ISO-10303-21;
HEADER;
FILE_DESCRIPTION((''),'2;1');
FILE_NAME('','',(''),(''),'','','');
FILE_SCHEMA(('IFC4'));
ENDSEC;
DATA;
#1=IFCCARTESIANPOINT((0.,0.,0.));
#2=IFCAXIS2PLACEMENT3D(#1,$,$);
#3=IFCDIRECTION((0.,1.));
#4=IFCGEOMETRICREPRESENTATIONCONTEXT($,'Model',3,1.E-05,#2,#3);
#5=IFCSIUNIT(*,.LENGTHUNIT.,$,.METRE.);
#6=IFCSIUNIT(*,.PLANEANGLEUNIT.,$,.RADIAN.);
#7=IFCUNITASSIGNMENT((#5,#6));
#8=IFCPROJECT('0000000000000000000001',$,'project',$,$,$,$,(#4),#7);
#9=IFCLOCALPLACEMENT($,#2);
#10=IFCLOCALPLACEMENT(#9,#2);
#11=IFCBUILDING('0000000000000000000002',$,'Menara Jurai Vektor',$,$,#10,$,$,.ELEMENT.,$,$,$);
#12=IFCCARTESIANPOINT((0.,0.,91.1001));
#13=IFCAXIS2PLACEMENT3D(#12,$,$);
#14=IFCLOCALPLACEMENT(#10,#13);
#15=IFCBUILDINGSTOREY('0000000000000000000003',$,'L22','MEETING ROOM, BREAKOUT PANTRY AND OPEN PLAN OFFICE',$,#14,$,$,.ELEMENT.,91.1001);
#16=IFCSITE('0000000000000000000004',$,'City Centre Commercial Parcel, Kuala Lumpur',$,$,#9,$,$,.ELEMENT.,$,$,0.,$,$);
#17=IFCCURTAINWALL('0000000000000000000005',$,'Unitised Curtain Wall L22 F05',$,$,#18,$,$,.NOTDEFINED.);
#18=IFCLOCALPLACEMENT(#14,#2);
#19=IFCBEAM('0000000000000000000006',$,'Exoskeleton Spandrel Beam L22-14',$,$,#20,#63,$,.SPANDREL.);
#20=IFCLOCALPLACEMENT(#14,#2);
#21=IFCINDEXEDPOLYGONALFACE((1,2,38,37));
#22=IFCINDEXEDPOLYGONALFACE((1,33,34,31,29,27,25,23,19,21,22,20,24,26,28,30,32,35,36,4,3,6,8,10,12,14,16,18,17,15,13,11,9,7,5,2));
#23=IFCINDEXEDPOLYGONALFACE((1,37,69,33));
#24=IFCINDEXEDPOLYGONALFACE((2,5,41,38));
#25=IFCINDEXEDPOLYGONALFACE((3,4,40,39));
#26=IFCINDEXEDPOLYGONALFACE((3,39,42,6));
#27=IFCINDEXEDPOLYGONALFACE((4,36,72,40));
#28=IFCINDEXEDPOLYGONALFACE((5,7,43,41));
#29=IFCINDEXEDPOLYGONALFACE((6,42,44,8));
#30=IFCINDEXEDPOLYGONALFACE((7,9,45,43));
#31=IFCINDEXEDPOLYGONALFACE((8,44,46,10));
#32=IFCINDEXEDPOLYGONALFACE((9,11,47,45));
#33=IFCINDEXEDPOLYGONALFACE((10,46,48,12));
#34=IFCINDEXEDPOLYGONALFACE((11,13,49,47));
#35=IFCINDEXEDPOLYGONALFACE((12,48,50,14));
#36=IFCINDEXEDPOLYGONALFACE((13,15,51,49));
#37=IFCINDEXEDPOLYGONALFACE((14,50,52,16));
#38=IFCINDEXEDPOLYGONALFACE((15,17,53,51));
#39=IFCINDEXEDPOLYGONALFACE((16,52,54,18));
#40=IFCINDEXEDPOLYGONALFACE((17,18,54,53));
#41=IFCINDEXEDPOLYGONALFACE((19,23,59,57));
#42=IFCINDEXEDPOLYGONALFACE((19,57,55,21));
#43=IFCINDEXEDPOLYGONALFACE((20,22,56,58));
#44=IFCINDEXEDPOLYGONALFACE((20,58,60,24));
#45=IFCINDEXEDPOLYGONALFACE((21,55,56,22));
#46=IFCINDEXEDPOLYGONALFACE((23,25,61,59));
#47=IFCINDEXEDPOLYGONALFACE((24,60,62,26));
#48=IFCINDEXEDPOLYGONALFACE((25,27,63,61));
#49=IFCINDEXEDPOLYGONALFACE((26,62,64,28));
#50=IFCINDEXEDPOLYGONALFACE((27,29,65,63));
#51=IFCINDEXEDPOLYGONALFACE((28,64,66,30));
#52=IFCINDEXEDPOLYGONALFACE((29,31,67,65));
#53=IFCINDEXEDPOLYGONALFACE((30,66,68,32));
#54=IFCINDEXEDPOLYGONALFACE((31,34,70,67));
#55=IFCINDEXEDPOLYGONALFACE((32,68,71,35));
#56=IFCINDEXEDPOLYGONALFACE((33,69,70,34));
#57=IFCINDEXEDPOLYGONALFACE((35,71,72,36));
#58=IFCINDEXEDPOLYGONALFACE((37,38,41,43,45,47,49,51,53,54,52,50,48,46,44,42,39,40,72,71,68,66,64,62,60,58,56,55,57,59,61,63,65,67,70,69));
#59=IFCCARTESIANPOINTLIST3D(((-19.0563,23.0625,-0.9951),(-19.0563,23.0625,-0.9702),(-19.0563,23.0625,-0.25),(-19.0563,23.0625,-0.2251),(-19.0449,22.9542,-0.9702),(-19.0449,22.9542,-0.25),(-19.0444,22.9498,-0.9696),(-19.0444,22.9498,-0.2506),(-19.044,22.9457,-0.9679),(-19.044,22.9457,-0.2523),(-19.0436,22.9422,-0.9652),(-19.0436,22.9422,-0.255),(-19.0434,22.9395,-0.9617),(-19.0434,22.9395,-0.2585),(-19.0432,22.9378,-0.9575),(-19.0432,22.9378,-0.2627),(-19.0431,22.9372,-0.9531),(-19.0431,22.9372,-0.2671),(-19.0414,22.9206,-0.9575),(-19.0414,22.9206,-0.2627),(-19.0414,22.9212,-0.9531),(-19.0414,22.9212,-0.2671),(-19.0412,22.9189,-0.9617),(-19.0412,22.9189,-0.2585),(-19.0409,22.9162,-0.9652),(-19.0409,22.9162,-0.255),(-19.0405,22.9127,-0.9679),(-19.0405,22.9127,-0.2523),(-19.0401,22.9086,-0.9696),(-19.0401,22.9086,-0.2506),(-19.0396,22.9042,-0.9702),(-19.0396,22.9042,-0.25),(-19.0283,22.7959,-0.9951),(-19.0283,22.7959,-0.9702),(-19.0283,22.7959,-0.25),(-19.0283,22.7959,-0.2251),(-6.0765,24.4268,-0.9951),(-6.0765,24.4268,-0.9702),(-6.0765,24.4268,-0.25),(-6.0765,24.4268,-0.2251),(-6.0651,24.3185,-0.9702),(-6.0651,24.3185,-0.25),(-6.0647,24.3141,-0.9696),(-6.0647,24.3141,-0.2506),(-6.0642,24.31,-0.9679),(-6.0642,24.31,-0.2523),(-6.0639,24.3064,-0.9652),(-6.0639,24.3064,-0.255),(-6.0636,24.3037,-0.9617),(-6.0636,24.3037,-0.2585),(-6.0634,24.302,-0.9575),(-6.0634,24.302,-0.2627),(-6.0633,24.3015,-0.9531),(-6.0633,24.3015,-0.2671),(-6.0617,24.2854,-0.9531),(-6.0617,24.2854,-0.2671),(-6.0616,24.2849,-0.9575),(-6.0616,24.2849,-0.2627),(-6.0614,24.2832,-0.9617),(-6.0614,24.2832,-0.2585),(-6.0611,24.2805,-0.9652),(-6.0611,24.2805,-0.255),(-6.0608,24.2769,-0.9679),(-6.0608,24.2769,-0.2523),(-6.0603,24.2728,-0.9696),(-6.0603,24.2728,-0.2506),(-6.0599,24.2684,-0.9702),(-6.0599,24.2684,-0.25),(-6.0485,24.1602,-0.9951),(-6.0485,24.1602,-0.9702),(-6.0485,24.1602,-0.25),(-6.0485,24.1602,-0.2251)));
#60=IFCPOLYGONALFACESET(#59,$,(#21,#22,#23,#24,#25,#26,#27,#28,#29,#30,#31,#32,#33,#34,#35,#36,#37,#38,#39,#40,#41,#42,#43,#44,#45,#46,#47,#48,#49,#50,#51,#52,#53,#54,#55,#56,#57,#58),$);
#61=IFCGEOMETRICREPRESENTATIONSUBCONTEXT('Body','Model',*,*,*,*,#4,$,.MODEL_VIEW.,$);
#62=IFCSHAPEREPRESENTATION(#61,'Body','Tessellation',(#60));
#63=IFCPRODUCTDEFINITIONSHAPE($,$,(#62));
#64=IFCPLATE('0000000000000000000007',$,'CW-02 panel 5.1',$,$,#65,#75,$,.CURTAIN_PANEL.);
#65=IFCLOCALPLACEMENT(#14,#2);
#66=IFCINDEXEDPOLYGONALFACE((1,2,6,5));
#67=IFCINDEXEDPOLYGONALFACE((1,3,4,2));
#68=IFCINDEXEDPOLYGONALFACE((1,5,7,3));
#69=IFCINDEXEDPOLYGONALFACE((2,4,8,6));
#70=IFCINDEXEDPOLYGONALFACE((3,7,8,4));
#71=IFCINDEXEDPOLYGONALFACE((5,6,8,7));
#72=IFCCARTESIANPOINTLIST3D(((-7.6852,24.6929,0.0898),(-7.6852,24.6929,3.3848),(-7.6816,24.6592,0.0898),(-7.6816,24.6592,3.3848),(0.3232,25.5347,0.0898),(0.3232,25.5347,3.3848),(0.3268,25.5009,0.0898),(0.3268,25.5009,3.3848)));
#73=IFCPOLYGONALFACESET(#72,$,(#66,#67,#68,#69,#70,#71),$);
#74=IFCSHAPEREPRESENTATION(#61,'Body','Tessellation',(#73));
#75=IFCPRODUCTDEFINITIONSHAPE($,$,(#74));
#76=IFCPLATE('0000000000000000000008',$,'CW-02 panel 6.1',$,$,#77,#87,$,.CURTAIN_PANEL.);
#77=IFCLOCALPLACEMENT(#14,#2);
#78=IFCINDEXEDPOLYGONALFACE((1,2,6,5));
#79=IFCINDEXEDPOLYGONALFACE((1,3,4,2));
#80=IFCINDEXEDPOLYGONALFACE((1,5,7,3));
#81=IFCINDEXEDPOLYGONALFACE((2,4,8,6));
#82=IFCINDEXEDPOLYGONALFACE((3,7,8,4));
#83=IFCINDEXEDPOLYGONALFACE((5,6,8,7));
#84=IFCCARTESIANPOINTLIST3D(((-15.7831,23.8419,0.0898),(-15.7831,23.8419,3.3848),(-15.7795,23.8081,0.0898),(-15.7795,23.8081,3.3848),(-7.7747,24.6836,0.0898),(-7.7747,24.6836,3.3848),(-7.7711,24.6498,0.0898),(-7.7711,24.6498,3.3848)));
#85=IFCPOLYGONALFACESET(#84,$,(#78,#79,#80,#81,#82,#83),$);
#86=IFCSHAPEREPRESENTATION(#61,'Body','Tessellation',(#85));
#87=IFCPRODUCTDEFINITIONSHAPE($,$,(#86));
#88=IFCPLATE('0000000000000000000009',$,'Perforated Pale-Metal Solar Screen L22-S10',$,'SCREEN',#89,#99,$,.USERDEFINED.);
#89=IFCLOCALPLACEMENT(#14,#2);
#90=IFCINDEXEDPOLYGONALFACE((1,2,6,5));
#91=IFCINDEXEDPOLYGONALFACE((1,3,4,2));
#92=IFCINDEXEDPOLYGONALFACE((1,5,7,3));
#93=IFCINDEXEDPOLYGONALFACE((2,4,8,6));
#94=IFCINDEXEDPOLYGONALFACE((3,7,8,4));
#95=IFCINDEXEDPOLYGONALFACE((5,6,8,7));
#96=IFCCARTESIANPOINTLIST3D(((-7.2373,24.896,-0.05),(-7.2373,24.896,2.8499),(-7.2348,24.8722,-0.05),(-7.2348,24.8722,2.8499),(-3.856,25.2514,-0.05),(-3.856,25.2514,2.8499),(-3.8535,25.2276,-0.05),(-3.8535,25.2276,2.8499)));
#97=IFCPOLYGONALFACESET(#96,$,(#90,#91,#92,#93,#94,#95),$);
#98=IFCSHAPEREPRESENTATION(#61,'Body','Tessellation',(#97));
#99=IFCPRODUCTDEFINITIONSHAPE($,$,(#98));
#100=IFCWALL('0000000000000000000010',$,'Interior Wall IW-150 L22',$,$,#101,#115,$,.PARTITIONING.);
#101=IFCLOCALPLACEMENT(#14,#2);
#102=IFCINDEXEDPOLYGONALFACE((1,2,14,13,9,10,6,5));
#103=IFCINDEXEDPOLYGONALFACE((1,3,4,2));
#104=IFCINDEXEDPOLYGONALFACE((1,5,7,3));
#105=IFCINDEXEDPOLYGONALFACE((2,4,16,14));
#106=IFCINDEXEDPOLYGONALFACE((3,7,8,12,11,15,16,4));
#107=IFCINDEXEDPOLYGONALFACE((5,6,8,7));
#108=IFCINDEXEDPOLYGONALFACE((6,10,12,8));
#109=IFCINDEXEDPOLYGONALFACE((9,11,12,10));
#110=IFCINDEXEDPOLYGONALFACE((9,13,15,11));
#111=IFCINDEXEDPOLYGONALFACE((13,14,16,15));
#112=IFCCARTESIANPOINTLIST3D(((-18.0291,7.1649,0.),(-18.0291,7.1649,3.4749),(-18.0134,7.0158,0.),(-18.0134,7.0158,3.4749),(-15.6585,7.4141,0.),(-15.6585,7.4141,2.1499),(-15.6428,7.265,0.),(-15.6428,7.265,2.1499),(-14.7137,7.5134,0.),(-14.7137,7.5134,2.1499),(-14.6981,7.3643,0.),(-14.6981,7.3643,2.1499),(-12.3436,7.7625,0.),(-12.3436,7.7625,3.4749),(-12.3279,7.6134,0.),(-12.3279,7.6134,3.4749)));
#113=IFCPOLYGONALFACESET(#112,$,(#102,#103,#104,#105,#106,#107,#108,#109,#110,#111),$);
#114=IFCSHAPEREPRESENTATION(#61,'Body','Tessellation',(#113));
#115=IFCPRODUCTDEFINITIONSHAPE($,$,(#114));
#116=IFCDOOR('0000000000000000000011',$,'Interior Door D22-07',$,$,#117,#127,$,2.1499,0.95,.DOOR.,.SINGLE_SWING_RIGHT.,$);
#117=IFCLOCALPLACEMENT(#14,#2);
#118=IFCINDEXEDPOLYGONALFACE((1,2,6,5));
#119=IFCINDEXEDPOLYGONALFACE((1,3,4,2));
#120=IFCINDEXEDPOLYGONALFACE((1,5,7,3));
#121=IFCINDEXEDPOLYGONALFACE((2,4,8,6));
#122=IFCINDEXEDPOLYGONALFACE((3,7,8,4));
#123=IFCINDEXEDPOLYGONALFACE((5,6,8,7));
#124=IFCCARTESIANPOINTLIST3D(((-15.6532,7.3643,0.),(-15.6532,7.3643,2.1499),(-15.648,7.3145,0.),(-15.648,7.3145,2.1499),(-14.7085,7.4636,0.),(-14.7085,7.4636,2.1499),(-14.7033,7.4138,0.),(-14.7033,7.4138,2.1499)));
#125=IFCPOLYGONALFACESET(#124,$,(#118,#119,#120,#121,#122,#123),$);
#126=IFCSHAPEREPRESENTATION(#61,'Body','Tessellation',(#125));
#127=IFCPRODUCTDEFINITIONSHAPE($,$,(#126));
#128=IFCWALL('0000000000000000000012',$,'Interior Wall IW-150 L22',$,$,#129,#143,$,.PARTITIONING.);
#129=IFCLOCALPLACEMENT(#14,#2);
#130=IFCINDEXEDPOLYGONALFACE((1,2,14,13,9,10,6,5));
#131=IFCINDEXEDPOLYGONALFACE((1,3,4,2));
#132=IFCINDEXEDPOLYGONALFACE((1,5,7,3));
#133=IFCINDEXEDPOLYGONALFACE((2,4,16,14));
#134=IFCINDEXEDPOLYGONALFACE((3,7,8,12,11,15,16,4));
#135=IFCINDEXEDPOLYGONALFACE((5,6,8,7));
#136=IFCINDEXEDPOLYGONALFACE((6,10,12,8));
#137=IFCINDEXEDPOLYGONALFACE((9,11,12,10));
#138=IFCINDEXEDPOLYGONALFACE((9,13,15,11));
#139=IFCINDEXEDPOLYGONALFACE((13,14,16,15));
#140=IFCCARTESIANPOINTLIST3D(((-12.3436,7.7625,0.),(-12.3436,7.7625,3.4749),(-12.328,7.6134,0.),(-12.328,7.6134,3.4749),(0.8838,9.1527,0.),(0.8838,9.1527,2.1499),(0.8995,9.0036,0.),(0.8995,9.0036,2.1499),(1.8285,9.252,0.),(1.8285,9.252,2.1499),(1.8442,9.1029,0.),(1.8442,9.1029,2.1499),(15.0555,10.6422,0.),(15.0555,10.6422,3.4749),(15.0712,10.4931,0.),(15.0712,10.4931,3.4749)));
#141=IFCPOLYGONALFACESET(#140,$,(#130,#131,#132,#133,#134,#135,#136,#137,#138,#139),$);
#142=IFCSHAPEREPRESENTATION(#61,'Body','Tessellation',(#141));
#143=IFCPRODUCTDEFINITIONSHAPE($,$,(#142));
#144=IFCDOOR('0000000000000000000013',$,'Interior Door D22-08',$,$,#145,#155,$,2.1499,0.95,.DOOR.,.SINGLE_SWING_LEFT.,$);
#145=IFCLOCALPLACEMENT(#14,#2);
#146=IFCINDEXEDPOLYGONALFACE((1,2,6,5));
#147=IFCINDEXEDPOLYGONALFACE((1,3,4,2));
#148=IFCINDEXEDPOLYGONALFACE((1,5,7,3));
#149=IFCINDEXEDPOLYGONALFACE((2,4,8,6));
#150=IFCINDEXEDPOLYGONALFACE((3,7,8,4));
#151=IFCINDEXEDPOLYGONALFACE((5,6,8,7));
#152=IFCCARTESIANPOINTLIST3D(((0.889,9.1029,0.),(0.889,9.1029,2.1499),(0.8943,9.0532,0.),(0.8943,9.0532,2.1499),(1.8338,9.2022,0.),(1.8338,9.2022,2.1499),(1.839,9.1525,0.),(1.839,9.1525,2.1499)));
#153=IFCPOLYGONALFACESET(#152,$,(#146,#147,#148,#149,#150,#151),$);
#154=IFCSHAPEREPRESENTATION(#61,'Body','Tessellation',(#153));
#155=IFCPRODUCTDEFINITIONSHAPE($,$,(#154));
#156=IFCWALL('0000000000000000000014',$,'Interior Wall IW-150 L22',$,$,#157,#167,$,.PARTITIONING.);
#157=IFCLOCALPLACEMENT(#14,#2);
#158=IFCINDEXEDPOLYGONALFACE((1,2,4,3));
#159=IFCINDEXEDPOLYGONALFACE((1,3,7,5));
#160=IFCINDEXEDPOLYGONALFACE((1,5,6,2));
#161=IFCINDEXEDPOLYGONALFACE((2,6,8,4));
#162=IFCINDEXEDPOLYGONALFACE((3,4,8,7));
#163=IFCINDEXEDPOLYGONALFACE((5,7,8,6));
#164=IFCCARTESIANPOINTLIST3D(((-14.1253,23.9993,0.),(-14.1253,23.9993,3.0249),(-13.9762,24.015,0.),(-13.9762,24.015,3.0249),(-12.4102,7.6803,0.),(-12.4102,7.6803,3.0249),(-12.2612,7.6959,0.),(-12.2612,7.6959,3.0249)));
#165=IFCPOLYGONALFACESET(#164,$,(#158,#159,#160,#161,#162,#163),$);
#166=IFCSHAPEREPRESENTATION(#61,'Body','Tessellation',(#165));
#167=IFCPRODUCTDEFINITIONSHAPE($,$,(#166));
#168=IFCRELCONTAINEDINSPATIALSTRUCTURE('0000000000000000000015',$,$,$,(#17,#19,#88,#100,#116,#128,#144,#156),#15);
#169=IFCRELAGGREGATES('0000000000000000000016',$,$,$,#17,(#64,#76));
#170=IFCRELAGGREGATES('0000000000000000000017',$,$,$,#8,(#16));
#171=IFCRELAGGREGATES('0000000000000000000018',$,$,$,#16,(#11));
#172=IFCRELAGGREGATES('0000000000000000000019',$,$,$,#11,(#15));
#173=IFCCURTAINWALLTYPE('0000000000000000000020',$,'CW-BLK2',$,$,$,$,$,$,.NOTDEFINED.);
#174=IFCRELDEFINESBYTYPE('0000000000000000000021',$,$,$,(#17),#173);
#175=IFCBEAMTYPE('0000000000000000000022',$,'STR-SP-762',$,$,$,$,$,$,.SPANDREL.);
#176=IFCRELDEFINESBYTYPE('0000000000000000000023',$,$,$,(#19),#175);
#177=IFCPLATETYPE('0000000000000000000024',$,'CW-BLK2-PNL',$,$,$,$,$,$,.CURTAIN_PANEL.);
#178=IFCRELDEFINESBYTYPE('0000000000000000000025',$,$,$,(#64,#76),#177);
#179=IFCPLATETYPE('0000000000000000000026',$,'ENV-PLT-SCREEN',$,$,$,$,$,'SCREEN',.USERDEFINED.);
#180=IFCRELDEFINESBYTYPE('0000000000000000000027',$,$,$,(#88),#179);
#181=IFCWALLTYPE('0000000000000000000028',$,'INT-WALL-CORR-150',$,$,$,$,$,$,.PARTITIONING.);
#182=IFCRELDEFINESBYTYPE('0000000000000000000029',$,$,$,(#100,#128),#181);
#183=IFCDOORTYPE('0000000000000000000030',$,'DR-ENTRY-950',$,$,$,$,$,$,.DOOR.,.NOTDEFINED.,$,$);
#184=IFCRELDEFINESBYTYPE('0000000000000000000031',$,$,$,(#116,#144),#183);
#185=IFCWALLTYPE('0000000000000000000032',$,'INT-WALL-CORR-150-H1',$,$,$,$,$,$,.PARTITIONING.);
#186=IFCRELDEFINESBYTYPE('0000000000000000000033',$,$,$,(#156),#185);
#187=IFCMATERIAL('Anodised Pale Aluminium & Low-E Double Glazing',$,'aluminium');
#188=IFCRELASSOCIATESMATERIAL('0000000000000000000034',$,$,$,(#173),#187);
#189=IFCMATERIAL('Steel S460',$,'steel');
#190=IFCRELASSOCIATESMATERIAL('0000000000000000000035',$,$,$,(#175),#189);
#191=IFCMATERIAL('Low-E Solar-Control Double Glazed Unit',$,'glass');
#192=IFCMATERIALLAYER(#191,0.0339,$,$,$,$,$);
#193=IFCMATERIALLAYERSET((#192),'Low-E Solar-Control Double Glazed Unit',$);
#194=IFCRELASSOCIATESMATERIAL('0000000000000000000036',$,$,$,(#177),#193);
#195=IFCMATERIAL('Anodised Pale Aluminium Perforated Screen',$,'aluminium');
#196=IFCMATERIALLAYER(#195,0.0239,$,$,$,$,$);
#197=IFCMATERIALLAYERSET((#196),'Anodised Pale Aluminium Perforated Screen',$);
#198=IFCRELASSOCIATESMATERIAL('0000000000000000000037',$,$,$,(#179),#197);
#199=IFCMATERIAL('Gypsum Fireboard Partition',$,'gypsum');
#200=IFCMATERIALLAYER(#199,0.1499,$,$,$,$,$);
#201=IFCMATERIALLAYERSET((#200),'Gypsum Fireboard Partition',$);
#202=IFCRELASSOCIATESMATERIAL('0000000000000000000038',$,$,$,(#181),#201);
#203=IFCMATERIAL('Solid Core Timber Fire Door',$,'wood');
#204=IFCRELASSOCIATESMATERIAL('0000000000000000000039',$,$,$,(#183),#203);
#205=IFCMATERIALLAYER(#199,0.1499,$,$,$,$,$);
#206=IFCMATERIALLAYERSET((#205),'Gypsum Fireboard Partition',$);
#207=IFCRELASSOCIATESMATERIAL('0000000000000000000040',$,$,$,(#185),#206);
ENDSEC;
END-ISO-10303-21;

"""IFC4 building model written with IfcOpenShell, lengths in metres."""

from ifc_helpers import new_model, si_unit, direction, frame, frame_2d, origin, origin_2d, place, context, subcontext, project, spatial, rectangle, i_section, extrude, material, layer, layer_set, material_profile, profile_set, type_object, element, fill, aggregate, save


model = new_model("IFC4")

# Units and contexts
model_context = context("Model", 3, precision=1e-05, world=origin(), true_north=direction((0.0, 1.0)))
body_context = subcontext(model_context, "Body", "Model", "MODEL_VIEW")
ifc_project = project(units=[si_unit("LENGTHUNIT", "METRE"), si_unit("PLANEANGLEUNIT", "RADIAN")], contexts=[model_context])

# Site, building, storey
site_placement = place(None, origin())
site = spatial("IfcSite", under=ifc_project, at=site_placement, Name="City Centre Commercial Parcel, Kuala Lumpur", CompositionType="ELEMENT", RefElevation=0.0)
building_placement = place(site_placement, origin())
building = spatial("IfcBuilding", under=site, at=building_placement, Name="Menara Jurai Vektor", CompositionType="ELEMENT")
storey_placement = place(building_placement, frame((0.0, 0.0, 91.1001)))
storey = spatial("IfcBuildingStorey", under=building, at=storey_placement, Name="L22", Description="MEETING ROOM, BREAKOUT PANTRY AND OPEN PLAN OFFICE", CompositionType="ELEMENT", Elevation=91.1001)

# Shared definitions
ifc_material_1 = material(Name="Steel S460", Category="steel")

# Curtain wall
ifc_material_2 = material(Name="Anodised Pale Aluminium & Low-E Double Glazing", Category="aluminium")
curtain_wall_type = type_object("IfcCurtainWallType", Name="CW-BLK2", PredefinedType="NOTDEFINED", material=ifc_material_2)
curtain_wall_placement = place(storey_placement, origin())
curtain_wall = element("IfcCurtainWall", 1, at=curtain_wall_placement, inside=storey, type_object=curtain_wall_type, Name="Unitised Curtain Wall L22 F05", PredefinedType="NOTDEFINED")

# Beam
ifc_material_profile_1 = material_profile(ifc_material_1, i_section(OverallWidth=0.2681, OverallDepth=0.77, WebThickness=0.0161, FlangeThickness=0.0249, FilletRadius=0.0171, at=origin_2d()), Name="UKB 762x267x197")
ifc_profile_set_1 = profile_set([ifc_material_profile_1], Name="Steel S460")
beam_type_1 = type_object("IfcBeamType", Name="STR-SP-762", PredefinedType="SPANDREL", material=ifc_profile_set_1)
beam_1_placement = place(storey_placement, frame((-6.0625, 24.2935, -0.6101), z_axis=(-0.994522, -0.104531, 0.0), x_axis=(0.104531, -0.994522, 0.0)))
element("IfcBeam", 2, at=beam_1_placement, inside=storey, type_object=beam_type_1, Name="Exoskeleton Spandrel Beam L22-14", PredefinedType="SPANDREL", context=body_context, shape_type="SweptSolid", body=[
    extrude(i_section(OverallWidth=0.2681, OverallDepth=0.77, WebThickness=0.0161, FlangeThickness=0.0249, FilletRadius=0.0171, at=origin_2d()), origin(), (0.0, 0.0, 1.0), 13.0513),
])

# Plates
ifc_material_3 = material(Name="Low-E Solar-Control Double Glazed Unit", Category="glass")
ifc_layer_1 = layer(ifc_material_3, 0.0339)
ifc_layer_set_1 = layer_set([ifc_layer_1], Name="Low-E Solar-Control Double Glazed Unit")
plate_type_1 = type_object("IfcPlateType", Name="CW-BLK2-PNL", PredefinedType="CURTAIN_PANEL", material=ifc_layer_set_1)
plate_1_placement = place(storey_placement, frame((-3.6792, 25.0969, 0.0898), z_axis=(0.0, 0.0, 1.0), x_axis=(-0.994522, -0.104529, 0.0)))
plate_1 = element("IfcPlate", 3, at=plate_1_placement, type_object=plate_type_1, Name="CW-02 panel 5.1", PredefinedType="CURTAIN_PANEL", context=body_context, shape_type="SweptSolid", body=[
    extrude(rectangle(XDim=8.0525, YDim=0.0339, at=origin_2d()), origin(), (0.0, 0.0, 1.0), 3.2949),
])
plate_2_placement = place(storey_placement, frame((-11.7771, 24.2458, 0.0898), z_axis=(0.0, 0.0, 1.0), x_axis=(-0.994522, -0.104529, 0.0)))
plate_2 = element("IfcPlate", 4, at=plate_2_placement, type_object=plate_type_1, Name="CW-02 panel 6.1", PredefinedType="CURTAIN_PANEL", context=body_context, shape_type="SweptSolid", body=[
    extrude(rectangle(XDim=8.0525, YDim=0.0339, at=origin_2d()), origin(), (0.0, 0.0, 1.0), 3.2949),
])
aggregate(curtain_wall, [plate_1, plate_2])
ifc_material_4 = material(Name="Anodised Pale Aluminium Perforated Screen", Category="aluminium")
ifc_layer_2 = layer(ifc_material_4, 0.0239)
ifc_layer_set_2 = layer_set([ifc_layer_2], Name="Anodised Pale Aluminium Perforated Screen")
plate_type_2 = type_object("IfcPlateType", Name="ENV-PLT-SCREEN", ElementType="SCREEN", PredefinedType="USERDEFINED", material=ifc_layer_set_2)
plate_3_placement = place(storey_placement, frame((-5.5454, 25.0618, -0.05), z_axis=(0.0, 0.0, 1.0), x_axis=(-0.994522, -0.104528, 0.0)))
element("IfcPlate", 5, at=plate_3_placement, inside=storey, type_object=plate_type_2, Name="Perforated Pale-Metal Solar Screen L22-S10", ObjectType="SCREEN", PredefinedType="USERDEFINED", context=body_context, shape_type="SweptSolid", body=[
    extrude(rectangle(XDim=3.3999, YDim=0.0239, at=origin_2d()), origin(), (0.0, 0.0, 1.0), 2.8999),
])

# Walls, openings, doors
ifc_material_5 = material(Name="Gypsum Fireboard Partition", Category="gypsum")
ifc_layer_3 = layer(ifc_material_5, 0.1499)
ifc_layer_set_3 = layer_set([ifc_layer_3], Name="Gypsum Fireboard Partition")
wall_type_1 = type_object("IfcWallType", Name="INT-WALL-CORR-150", PredefinedType="PARTITIONING", material=ifc_layer_set_3)
wall_1_placement = place(storey_placement, frame((-18.0212, 7.0903, 0.0), z_axis=(0.0, 0.0, 1.0), x_axis=(0.99452, 0.104543, 0.0)))
wall_1 = element("IfcWall", 6, at=wall_1_placement, inside=storey, type_object=wall_type_1, Name="Interior Wall IW-150 L22", PredefinedType="PARTITIONING", context=body_context, shape_type="SweptSolid", body=[
    extrude(rectangle(XDim=5.7168, YDim=0.1499, at=frame_2d((2.8584, 0.0))), origin(), (0.0, 0.0, 1.0), 3.4749),
])
opening_1_placement = place(wall_1_placement, frame((2.3835, 0.0, 0.0)))
opening_1 = element("IfcOpeningElement", 7, at=opening_1_placement, cuts=wall_1, PredefinedType="OPENING", context=body_context, shape_type="SweptSolid", body=[
    extrude(rectangle(XDim=0.95, YDim=2.1499, at=frame_2d((0.4751, 1.075))), frame((0.0, 0.085, 0.0), z_axis=(0.0, -1.0, 0.0), x_axis=(1.0, 0.0, 0.0)), (0.0, 0.0, 1.0), 0.1699),
])
ifc_material_6 = material(Name="Solid Core Timber Fire Door", Category="wood")
door_type = type_object("IfcDoorType", Name="DR-ENTRY-950", OperationType="NOTDEFINED", PredefinedType="DOOR", material=ifc_material_6)
door_1_placement = place(opening_1_placement, origin())
door_1 = element("IfcDoor", 8, at=door_1_placement, inside=storey, type_object=door_type, Name="Interior Door D22-07", OperationType="SINGLE_SWING_RIGHT", OverallHeight=2.1499, OverallWidth=0.95, PredefinedType="DOOR", context=body_context, shape_type="SweptSolid", body=[
    extrude(rectangle(XDim=0.95, YDim=2.1499, at=frame_2d((0.4751, 1.075))), frame((0.0, 0.0249, 0.0), z_axis=(0.0, -1.0, 0.0), x_axis=(1.0, 0.0, 0.0)), (0.0, 0.0, 1.0), 0.05),
])
fill(opening_1, door_1)
wall_2_placement = place(storey_placement, frame((-12.3357, 7.688, 0.0), z_axis=(0.0, 0.0, 1.0), x_axis=(0.994522, 0.104524, 0.0)))
wall_2 = element("IfcWall", 9, at=wall_2_placement, inside=storey, type_object=wall_type_1, Name="Interior Wall IW-150 L22", PredefinedType="PARTITIONING", context=body_context, shape_type="SweptSolid", body=[
    extrude(rectangle(XDim=27.55, YDim=0.1499, at=frame_2d((13.7749, 0.0))), origin(), (0.0, 0.0, 1.0), 3.4749),
])
opening_2_placement = place(wall_2_placement, frame((13.3, 0.0, 0.0)))
opening_2 = element("IfcOpeningElement", 10, at=opening_2_placement, cuts=wall_2, PredefinedType="OPENING", context=body_context, shape_type="SweptSolid", body=[
    extrude(rectangle(XDim=0.95, YDim=2.1499, at=frame_2d((0.4751, 1.075))), frame((0.0, 0.085, 0.0), z_axis=(0.0, -1.0, 0.0), x_axis=(1.0, 0.0, 0.0)), (0.0, 0.0, 1.0), 0.1699),
])
door_2_placement = place(opening_2_placement, origin())
door_2 = element("IfcDoor", 11, at=door_2_placement, inside=storey, type_object=door_type, Name="Interior Door D22-08", OperationType="SINGLE_SWING_LEFT", OverallHeight=2.1499, OverallWidth=0.95, PredefinedType="DOOR", context=body_context, shape_type="SweptSolid", body=[
    extrude(rectangle(XDim=0.95, YDim=2.1499, at=frame_2d((0.4751, 1.075))), frame((0.0, 0.0249, 0.0), z_axis=(0.0, -1.0, 0.0), x_axis=(1.0, 0.0, 0.0)), (0.0, 0.0, 1.0), 0.05),
])
fill(opening_2, door_2)

# Wall
ifc_layer_4 = layer(ifc_material_5, 0.1499)
ifc_layer_set_4 = layer_set([ifc_layer_4], Name="Gypsum Fireboard Partition")
wall_type_2 = type_object("IfcWallType", Name="INT-WALL-CORR-150-H1", PredefinedType="PARTITIONING", material=ifc_layer_set_4)
wall_3_placement = place(storey_placement, frame((-12.3357, 7.688, 0.0), z_axis=(0.0, 0.0, 1.0), x_axis=(-0.104521, 0.994523, 0.0)))
element("IfcWall", 12, at=wall_3_placement, inside=storey, type_object=wall_type_2, Name="Interior Wall IW-150 L22", PredefinedType="PARTITIONING", context=body_context, shape_type="SweptSolid", body=[
    extrude(rectangle(XDim=16.4089, YDim=0.1499, at=frame_2d((8.2046, 0.0))), origin(), (0.0, 0.0, 1.0), 3.0249),
])

save(model, "model.ifc")
